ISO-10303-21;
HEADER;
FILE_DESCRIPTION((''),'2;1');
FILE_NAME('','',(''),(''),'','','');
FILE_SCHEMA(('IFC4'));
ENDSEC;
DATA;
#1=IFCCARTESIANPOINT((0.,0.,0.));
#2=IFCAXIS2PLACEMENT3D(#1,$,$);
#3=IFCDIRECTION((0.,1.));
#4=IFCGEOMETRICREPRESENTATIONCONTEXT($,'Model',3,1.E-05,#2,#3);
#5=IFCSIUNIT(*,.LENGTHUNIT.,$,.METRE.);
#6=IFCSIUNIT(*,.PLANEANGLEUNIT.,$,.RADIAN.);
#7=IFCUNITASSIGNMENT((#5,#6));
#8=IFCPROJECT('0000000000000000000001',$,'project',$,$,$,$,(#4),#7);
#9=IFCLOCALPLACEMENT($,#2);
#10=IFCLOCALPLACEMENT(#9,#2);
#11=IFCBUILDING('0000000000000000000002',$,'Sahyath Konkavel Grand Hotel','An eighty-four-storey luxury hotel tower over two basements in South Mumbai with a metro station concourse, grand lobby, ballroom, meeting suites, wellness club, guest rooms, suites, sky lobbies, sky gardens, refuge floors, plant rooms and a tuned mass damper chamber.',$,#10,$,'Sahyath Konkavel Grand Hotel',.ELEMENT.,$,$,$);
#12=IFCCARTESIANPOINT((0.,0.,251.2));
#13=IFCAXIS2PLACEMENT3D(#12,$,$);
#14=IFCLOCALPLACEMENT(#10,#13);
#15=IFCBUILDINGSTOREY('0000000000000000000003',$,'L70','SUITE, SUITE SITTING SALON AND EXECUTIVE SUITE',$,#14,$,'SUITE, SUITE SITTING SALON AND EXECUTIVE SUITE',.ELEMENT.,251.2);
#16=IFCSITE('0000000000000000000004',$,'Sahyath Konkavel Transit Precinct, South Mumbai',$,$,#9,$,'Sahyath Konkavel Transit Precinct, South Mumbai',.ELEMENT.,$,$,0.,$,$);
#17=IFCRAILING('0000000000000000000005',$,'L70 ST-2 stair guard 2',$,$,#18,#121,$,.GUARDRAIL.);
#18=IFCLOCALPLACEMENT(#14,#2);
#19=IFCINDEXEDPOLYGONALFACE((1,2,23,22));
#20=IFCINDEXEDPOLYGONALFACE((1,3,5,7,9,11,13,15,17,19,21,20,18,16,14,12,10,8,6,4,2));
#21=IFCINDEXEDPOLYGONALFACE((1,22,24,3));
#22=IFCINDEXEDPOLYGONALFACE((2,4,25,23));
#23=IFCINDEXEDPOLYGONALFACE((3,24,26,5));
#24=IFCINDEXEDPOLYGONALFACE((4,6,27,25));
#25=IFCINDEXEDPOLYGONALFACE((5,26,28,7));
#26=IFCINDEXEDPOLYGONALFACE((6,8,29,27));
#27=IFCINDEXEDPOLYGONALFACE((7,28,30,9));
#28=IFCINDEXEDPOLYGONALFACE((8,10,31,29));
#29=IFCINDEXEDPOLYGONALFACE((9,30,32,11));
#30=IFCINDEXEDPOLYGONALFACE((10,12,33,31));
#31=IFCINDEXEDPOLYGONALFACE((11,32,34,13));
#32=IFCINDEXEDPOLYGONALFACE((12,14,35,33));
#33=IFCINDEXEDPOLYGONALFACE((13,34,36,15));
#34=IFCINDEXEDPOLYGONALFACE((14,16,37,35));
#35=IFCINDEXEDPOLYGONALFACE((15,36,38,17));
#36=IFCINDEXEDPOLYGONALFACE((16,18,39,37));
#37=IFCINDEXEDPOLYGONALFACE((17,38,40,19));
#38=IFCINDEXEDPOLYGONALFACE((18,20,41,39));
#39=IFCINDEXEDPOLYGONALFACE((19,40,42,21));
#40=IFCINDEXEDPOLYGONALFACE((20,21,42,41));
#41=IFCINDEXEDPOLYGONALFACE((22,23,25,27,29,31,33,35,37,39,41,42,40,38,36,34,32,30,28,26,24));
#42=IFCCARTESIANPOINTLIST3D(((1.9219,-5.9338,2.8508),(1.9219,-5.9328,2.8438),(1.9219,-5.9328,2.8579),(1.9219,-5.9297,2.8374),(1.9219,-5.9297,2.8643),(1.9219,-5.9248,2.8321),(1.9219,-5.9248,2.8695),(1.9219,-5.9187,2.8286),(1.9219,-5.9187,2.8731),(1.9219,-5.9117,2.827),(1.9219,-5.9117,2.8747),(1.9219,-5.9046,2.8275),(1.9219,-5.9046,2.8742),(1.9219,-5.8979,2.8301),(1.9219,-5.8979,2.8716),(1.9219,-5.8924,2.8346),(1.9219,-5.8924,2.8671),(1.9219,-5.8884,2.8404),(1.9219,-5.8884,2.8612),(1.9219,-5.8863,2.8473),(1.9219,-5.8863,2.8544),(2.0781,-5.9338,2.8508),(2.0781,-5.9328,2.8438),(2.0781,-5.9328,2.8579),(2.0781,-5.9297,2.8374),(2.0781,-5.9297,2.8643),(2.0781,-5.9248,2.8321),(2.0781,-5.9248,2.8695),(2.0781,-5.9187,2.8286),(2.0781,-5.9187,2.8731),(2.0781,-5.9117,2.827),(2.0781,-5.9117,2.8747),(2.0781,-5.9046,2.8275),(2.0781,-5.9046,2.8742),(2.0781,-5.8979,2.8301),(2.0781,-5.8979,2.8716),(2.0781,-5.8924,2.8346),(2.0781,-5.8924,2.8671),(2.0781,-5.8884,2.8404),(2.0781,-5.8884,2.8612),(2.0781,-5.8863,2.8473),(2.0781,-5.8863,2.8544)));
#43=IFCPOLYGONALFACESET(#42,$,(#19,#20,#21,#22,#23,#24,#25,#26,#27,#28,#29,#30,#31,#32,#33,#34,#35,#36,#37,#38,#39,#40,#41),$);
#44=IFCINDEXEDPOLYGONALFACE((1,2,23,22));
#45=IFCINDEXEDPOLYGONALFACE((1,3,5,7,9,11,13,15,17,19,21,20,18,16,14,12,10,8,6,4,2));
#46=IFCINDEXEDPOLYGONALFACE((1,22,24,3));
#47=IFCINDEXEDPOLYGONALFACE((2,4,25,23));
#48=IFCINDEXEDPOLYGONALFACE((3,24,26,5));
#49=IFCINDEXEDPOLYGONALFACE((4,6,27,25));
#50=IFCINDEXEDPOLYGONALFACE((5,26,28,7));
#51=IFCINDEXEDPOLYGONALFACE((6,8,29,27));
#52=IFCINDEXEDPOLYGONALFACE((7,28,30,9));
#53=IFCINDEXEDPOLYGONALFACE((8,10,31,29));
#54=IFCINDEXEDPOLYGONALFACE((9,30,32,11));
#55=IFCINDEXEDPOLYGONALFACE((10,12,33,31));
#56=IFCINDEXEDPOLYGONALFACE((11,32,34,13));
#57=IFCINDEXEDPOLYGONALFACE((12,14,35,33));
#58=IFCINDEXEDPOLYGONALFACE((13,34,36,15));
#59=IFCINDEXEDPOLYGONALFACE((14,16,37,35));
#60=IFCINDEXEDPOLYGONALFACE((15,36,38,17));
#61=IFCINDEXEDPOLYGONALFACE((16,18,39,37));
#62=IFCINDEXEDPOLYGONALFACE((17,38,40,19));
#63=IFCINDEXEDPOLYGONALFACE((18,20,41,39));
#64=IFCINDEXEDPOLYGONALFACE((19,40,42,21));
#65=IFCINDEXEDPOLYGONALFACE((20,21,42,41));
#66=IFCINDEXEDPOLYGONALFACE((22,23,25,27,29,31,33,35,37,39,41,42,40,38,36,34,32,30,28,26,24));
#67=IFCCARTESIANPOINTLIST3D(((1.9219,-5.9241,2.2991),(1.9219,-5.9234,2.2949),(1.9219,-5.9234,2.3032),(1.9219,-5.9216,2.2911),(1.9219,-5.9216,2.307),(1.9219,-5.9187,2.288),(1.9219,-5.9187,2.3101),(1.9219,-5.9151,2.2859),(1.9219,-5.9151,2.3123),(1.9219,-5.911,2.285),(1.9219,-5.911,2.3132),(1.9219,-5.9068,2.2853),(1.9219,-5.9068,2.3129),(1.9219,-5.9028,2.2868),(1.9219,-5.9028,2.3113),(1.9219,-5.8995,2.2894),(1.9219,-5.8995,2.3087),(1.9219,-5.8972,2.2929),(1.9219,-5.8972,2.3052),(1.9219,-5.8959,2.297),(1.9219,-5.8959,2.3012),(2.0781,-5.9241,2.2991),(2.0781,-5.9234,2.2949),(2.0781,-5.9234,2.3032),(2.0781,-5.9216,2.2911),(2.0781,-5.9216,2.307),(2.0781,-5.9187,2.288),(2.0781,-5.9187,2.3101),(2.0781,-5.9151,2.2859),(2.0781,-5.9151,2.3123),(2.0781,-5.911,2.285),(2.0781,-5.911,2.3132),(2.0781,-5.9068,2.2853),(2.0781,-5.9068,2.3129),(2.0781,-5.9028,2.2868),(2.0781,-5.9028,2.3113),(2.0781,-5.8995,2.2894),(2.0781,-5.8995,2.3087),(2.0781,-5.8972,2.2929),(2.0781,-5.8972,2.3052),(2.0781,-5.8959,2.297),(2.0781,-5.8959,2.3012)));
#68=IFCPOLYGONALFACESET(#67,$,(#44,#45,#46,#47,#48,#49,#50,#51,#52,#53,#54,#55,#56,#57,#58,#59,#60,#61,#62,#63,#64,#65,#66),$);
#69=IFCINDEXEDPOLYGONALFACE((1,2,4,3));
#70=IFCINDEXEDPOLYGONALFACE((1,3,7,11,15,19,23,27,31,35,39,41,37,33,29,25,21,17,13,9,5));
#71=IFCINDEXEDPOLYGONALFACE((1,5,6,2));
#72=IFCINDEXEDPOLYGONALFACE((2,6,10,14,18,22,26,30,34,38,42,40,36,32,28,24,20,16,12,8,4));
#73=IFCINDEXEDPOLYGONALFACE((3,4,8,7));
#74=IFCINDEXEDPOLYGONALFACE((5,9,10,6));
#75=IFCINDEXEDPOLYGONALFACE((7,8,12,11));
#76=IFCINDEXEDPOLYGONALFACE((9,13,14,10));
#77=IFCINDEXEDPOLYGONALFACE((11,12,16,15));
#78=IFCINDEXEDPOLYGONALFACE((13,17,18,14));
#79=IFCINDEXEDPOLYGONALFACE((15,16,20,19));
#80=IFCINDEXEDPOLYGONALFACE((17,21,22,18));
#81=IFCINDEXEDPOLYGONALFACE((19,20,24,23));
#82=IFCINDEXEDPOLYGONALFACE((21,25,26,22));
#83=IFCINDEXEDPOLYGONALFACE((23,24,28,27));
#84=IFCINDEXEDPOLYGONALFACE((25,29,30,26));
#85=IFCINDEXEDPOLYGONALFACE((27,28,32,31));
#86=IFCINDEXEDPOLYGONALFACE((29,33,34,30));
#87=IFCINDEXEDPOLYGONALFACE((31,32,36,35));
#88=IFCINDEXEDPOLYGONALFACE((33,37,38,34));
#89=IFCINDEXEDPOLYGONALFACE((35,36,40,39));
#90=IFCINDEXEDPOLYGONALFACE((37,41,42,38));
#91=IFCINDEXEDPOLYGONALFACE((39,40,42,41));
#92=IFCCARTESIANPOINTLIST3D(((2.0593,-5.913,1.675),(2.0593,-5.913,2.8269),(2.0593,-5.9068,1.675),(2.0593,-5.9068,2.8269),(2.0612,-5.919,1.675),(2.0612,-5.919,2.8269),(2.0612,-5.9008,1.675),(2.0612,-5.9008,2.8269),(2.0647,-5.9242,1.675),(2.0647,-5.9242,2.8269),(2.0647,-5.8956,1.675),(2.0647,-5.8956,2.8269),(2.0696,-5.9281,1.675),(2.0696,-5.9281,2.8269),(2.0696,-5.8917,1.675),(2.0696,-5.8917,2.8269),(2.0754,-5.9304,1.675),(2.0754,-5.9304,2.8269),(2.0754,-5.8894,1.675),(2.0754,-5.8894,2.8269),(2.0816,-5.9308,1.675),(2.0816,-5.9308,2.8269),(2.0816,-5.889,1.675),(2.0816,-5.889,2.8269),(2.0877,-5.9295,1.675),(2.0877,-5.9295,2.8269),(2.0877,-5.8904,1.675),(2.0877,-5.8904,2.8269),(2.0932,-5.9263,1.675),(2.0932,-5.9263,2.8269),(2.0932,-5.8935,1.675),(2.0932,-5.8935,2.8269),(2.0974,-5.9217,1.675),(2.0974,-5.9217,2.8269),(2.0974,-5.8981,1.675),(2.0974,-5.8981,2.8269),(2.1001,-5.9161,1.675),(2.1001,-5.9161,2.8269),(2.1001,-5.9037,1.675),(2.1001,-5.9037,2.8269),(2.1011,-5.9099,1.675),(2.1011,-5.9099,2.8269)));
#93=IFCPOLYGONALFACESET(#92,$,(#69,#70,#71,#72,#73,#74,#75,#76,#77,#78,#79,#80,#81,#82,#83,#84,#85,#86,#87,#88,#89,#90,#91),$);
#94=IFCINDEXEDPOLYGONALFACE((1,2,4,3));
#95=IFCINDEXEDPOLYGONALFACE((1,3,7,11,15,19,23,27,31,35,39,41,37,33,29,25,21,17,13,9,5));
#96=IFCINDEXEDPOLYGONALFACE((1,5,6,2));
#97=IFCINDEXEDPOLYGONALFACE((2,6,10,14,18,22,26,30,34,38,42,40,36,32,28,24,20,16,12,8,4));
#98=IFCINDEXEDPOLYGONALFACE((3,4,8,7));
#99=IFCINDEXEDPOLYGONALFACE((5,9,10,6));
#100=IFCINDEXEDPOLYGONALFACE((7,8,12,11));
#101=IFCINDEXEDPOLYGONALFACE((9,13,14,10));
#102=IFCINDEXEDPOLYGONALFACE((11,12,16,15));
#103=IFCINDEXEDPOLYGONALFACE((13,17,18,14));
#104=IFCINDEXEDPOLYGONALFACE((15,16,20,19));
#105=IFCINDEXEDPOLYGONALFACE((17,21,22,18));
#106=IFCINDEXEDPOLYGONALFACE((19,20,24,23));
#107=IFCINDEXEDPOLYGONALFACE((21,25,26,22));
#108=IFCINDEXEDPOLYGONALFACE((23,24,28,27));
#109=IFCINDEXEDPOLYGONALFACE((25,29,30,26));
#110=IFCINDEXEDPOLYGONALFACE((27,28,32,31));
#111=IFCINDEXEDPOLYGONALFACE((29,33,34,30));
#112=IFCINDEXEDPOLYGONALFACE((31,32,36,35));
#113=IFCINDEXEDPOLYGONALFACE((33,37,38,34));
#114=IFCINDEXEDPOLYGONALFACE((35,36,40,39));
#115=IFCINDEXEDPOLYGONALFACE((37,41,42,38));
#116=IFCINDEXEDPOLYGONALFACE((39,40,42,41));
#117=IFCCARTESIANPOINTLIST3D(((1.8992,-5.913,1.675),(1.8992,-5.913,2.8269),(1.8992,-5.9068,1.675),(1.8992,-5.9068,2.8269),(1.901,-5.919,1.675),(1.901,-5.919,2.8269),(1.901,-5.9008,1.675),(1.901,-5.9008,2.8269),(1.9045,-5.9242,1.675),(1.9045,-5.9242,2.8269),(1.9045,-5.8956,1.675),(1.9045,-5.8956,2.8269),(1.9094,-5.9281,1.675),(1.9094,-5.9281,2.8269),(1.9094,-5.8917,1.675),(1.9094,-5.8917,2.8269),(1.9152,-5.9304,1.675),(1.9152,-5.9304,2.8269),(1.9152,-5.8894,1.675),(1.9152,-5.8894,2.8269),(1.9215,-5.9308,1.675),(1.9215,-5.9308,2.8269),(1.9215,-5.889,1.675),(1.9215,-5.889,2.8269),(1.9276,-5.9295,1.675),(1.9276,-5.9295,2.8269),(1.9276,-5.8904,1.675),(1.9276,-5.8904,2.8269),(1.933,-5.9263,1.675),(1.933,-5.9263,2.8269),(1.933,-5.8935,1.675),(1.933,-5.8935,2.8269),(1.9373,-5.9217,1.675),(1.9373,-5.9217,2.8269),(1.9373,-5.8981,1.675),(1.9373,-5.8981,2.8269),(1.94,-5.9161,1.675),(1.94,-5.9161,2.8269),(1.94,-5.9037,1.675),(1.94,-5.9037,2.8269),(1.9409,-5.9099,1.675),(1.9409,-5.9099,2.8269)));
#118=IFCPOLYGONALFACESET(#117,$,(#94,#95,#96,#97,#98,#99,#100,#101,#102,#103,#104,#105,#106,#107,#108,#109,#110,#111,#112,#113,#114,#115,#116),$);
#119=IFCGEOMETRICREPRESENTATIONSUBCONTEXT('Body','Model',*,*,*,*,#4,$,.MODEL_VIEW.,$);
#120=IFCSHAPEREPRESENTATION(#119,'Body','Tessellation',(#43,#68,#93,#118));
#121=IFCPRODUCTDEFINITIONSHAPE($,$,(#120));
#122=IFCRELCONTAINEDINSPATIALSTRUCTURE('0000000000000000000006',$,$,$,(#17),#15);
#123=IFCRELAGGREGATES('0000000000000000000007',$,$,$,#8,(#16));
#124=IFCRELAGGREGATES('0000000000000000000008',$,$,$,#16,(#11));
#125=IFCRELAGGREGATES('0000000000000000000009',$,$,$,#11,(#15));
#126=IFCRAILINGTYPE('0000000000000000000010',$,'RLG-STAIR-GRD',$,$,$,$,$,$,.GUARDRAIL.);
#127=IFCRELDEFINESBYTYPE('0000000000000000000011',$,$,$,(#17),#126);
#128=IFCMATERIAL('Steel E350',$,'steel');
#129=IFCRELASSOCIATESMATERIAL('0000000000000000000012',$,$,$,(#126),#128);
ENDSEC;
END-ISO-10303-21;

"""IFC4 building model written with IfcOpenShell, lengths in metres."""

from ifc_helpers import new_model, si_unit, direction, frame, origin, origin_2d, place, context, subcontext, project, spatial, circle, extrude, material, type_object, element, save


model = new_model("IFC4")

# Units and contexts
model_context = context("Model", 3, precision=1e-05, world=origin(), true_north=direction((0.0, 1.0)))
body_context = subcontext(model_context, "Body", "Model", "MODEL_VIEW")
ifc_project = project(units=[si_unit("LENGTHUNIT", "METRE"), si_unit("PLANEANGLEUNIT", "RADIAN")], contexts=[model_context])

# Site, building, storey
site_placement = place(None, origin())
site = spatial("IfcSite", under=ifc_project, at=site_placement, Name="Sahyath Konkavel Transit Precinct, South Mumbai", LongName="Sahyath Konkavel Transit Precinct, South Mumbai", CompositionType="ELEMENT", RefElevation=0.0)
building_placement = place(site_placement, origin())
building = spatial("IfcBuilding", under=site, at=building_placement, Name="Sahyath Konkavel Grand Hotel", Description="An eighty-four-storey luxury hotel tower over two basements in South Mumbai with a metro station concourse, grand lobby, ballroom, meeting suites, wellness club, guest rooms, suites, sky lobbies, sky gardens, refuge floors, plant rooms and a tuned mass damper chamber.", LongName="Sahyath Konkavel Grand Hotel", CompositionType="ELEMENT")
storey_placement = place(building_placement, frame((0.0, 0.0, 251.2)))
storey = spatial("IfcBuildingStorey", under=building, at=storey_placement, Name="L70", Description="SUITE, SUITE SITTING SALON AND EXECUTIVE SUITE", LongName="SUITE, SUITE SITTING SALON AND EXECUTIVE SUITE", CompositionType="ELEMENT", Elevation=251.2)

# Shared definitions
ifc_material_1 = material(Name="Steel E350", Category="steel")

# Railing
railing_type_1 = type_object("IfcRailingType", Name="RLG-STAIR-GRD", PredefinedType="GUARDRAIL", material=ifc_material_1)
railing_1_placement = place(storey_placement, frame((2.0801, -5.9099, 1.675)))
element("IfcRailing", 1, at=railing_1_placement, inside=storey, type_object=railing_type_1, Name="L70 ST-2 stair guard 2", PredefinedType="GUARDRAIL", context=body_context, shape_type="SweptSolid", body=[
    extrude(circle(Radius=0.0239, at=origin_2d()), frame((-0.002, 0.0, 1.1758), z_axis=(-1.0, 0.0, 0.0), x_axis=(0.0, -1.0, 0.0)), (0.0, 0.0, 1.0), 0.1562),
    extrude(circle(Radius=0.0142, at=origin_2d()), frame((-0.002, 0.0, 0.624), z_axis=(-1.0, 0.0, 0.0), x_axis=(0.0, -1.0, 0.0)), (0.0, 0.0, 1.0), 0.1562),
    extrude(circle(Radius=0.021, at=origin_2d()), origin(), (0.0, 0.0, 1.0), 1.1519),
    extrude(circle(Radius=0.021, at=origin_2d()), frame((-0.1602, 0.0, 0.0)), (0.0, 0.0, 1.0), 1.1519),
])

save(model, "model.ifc")
